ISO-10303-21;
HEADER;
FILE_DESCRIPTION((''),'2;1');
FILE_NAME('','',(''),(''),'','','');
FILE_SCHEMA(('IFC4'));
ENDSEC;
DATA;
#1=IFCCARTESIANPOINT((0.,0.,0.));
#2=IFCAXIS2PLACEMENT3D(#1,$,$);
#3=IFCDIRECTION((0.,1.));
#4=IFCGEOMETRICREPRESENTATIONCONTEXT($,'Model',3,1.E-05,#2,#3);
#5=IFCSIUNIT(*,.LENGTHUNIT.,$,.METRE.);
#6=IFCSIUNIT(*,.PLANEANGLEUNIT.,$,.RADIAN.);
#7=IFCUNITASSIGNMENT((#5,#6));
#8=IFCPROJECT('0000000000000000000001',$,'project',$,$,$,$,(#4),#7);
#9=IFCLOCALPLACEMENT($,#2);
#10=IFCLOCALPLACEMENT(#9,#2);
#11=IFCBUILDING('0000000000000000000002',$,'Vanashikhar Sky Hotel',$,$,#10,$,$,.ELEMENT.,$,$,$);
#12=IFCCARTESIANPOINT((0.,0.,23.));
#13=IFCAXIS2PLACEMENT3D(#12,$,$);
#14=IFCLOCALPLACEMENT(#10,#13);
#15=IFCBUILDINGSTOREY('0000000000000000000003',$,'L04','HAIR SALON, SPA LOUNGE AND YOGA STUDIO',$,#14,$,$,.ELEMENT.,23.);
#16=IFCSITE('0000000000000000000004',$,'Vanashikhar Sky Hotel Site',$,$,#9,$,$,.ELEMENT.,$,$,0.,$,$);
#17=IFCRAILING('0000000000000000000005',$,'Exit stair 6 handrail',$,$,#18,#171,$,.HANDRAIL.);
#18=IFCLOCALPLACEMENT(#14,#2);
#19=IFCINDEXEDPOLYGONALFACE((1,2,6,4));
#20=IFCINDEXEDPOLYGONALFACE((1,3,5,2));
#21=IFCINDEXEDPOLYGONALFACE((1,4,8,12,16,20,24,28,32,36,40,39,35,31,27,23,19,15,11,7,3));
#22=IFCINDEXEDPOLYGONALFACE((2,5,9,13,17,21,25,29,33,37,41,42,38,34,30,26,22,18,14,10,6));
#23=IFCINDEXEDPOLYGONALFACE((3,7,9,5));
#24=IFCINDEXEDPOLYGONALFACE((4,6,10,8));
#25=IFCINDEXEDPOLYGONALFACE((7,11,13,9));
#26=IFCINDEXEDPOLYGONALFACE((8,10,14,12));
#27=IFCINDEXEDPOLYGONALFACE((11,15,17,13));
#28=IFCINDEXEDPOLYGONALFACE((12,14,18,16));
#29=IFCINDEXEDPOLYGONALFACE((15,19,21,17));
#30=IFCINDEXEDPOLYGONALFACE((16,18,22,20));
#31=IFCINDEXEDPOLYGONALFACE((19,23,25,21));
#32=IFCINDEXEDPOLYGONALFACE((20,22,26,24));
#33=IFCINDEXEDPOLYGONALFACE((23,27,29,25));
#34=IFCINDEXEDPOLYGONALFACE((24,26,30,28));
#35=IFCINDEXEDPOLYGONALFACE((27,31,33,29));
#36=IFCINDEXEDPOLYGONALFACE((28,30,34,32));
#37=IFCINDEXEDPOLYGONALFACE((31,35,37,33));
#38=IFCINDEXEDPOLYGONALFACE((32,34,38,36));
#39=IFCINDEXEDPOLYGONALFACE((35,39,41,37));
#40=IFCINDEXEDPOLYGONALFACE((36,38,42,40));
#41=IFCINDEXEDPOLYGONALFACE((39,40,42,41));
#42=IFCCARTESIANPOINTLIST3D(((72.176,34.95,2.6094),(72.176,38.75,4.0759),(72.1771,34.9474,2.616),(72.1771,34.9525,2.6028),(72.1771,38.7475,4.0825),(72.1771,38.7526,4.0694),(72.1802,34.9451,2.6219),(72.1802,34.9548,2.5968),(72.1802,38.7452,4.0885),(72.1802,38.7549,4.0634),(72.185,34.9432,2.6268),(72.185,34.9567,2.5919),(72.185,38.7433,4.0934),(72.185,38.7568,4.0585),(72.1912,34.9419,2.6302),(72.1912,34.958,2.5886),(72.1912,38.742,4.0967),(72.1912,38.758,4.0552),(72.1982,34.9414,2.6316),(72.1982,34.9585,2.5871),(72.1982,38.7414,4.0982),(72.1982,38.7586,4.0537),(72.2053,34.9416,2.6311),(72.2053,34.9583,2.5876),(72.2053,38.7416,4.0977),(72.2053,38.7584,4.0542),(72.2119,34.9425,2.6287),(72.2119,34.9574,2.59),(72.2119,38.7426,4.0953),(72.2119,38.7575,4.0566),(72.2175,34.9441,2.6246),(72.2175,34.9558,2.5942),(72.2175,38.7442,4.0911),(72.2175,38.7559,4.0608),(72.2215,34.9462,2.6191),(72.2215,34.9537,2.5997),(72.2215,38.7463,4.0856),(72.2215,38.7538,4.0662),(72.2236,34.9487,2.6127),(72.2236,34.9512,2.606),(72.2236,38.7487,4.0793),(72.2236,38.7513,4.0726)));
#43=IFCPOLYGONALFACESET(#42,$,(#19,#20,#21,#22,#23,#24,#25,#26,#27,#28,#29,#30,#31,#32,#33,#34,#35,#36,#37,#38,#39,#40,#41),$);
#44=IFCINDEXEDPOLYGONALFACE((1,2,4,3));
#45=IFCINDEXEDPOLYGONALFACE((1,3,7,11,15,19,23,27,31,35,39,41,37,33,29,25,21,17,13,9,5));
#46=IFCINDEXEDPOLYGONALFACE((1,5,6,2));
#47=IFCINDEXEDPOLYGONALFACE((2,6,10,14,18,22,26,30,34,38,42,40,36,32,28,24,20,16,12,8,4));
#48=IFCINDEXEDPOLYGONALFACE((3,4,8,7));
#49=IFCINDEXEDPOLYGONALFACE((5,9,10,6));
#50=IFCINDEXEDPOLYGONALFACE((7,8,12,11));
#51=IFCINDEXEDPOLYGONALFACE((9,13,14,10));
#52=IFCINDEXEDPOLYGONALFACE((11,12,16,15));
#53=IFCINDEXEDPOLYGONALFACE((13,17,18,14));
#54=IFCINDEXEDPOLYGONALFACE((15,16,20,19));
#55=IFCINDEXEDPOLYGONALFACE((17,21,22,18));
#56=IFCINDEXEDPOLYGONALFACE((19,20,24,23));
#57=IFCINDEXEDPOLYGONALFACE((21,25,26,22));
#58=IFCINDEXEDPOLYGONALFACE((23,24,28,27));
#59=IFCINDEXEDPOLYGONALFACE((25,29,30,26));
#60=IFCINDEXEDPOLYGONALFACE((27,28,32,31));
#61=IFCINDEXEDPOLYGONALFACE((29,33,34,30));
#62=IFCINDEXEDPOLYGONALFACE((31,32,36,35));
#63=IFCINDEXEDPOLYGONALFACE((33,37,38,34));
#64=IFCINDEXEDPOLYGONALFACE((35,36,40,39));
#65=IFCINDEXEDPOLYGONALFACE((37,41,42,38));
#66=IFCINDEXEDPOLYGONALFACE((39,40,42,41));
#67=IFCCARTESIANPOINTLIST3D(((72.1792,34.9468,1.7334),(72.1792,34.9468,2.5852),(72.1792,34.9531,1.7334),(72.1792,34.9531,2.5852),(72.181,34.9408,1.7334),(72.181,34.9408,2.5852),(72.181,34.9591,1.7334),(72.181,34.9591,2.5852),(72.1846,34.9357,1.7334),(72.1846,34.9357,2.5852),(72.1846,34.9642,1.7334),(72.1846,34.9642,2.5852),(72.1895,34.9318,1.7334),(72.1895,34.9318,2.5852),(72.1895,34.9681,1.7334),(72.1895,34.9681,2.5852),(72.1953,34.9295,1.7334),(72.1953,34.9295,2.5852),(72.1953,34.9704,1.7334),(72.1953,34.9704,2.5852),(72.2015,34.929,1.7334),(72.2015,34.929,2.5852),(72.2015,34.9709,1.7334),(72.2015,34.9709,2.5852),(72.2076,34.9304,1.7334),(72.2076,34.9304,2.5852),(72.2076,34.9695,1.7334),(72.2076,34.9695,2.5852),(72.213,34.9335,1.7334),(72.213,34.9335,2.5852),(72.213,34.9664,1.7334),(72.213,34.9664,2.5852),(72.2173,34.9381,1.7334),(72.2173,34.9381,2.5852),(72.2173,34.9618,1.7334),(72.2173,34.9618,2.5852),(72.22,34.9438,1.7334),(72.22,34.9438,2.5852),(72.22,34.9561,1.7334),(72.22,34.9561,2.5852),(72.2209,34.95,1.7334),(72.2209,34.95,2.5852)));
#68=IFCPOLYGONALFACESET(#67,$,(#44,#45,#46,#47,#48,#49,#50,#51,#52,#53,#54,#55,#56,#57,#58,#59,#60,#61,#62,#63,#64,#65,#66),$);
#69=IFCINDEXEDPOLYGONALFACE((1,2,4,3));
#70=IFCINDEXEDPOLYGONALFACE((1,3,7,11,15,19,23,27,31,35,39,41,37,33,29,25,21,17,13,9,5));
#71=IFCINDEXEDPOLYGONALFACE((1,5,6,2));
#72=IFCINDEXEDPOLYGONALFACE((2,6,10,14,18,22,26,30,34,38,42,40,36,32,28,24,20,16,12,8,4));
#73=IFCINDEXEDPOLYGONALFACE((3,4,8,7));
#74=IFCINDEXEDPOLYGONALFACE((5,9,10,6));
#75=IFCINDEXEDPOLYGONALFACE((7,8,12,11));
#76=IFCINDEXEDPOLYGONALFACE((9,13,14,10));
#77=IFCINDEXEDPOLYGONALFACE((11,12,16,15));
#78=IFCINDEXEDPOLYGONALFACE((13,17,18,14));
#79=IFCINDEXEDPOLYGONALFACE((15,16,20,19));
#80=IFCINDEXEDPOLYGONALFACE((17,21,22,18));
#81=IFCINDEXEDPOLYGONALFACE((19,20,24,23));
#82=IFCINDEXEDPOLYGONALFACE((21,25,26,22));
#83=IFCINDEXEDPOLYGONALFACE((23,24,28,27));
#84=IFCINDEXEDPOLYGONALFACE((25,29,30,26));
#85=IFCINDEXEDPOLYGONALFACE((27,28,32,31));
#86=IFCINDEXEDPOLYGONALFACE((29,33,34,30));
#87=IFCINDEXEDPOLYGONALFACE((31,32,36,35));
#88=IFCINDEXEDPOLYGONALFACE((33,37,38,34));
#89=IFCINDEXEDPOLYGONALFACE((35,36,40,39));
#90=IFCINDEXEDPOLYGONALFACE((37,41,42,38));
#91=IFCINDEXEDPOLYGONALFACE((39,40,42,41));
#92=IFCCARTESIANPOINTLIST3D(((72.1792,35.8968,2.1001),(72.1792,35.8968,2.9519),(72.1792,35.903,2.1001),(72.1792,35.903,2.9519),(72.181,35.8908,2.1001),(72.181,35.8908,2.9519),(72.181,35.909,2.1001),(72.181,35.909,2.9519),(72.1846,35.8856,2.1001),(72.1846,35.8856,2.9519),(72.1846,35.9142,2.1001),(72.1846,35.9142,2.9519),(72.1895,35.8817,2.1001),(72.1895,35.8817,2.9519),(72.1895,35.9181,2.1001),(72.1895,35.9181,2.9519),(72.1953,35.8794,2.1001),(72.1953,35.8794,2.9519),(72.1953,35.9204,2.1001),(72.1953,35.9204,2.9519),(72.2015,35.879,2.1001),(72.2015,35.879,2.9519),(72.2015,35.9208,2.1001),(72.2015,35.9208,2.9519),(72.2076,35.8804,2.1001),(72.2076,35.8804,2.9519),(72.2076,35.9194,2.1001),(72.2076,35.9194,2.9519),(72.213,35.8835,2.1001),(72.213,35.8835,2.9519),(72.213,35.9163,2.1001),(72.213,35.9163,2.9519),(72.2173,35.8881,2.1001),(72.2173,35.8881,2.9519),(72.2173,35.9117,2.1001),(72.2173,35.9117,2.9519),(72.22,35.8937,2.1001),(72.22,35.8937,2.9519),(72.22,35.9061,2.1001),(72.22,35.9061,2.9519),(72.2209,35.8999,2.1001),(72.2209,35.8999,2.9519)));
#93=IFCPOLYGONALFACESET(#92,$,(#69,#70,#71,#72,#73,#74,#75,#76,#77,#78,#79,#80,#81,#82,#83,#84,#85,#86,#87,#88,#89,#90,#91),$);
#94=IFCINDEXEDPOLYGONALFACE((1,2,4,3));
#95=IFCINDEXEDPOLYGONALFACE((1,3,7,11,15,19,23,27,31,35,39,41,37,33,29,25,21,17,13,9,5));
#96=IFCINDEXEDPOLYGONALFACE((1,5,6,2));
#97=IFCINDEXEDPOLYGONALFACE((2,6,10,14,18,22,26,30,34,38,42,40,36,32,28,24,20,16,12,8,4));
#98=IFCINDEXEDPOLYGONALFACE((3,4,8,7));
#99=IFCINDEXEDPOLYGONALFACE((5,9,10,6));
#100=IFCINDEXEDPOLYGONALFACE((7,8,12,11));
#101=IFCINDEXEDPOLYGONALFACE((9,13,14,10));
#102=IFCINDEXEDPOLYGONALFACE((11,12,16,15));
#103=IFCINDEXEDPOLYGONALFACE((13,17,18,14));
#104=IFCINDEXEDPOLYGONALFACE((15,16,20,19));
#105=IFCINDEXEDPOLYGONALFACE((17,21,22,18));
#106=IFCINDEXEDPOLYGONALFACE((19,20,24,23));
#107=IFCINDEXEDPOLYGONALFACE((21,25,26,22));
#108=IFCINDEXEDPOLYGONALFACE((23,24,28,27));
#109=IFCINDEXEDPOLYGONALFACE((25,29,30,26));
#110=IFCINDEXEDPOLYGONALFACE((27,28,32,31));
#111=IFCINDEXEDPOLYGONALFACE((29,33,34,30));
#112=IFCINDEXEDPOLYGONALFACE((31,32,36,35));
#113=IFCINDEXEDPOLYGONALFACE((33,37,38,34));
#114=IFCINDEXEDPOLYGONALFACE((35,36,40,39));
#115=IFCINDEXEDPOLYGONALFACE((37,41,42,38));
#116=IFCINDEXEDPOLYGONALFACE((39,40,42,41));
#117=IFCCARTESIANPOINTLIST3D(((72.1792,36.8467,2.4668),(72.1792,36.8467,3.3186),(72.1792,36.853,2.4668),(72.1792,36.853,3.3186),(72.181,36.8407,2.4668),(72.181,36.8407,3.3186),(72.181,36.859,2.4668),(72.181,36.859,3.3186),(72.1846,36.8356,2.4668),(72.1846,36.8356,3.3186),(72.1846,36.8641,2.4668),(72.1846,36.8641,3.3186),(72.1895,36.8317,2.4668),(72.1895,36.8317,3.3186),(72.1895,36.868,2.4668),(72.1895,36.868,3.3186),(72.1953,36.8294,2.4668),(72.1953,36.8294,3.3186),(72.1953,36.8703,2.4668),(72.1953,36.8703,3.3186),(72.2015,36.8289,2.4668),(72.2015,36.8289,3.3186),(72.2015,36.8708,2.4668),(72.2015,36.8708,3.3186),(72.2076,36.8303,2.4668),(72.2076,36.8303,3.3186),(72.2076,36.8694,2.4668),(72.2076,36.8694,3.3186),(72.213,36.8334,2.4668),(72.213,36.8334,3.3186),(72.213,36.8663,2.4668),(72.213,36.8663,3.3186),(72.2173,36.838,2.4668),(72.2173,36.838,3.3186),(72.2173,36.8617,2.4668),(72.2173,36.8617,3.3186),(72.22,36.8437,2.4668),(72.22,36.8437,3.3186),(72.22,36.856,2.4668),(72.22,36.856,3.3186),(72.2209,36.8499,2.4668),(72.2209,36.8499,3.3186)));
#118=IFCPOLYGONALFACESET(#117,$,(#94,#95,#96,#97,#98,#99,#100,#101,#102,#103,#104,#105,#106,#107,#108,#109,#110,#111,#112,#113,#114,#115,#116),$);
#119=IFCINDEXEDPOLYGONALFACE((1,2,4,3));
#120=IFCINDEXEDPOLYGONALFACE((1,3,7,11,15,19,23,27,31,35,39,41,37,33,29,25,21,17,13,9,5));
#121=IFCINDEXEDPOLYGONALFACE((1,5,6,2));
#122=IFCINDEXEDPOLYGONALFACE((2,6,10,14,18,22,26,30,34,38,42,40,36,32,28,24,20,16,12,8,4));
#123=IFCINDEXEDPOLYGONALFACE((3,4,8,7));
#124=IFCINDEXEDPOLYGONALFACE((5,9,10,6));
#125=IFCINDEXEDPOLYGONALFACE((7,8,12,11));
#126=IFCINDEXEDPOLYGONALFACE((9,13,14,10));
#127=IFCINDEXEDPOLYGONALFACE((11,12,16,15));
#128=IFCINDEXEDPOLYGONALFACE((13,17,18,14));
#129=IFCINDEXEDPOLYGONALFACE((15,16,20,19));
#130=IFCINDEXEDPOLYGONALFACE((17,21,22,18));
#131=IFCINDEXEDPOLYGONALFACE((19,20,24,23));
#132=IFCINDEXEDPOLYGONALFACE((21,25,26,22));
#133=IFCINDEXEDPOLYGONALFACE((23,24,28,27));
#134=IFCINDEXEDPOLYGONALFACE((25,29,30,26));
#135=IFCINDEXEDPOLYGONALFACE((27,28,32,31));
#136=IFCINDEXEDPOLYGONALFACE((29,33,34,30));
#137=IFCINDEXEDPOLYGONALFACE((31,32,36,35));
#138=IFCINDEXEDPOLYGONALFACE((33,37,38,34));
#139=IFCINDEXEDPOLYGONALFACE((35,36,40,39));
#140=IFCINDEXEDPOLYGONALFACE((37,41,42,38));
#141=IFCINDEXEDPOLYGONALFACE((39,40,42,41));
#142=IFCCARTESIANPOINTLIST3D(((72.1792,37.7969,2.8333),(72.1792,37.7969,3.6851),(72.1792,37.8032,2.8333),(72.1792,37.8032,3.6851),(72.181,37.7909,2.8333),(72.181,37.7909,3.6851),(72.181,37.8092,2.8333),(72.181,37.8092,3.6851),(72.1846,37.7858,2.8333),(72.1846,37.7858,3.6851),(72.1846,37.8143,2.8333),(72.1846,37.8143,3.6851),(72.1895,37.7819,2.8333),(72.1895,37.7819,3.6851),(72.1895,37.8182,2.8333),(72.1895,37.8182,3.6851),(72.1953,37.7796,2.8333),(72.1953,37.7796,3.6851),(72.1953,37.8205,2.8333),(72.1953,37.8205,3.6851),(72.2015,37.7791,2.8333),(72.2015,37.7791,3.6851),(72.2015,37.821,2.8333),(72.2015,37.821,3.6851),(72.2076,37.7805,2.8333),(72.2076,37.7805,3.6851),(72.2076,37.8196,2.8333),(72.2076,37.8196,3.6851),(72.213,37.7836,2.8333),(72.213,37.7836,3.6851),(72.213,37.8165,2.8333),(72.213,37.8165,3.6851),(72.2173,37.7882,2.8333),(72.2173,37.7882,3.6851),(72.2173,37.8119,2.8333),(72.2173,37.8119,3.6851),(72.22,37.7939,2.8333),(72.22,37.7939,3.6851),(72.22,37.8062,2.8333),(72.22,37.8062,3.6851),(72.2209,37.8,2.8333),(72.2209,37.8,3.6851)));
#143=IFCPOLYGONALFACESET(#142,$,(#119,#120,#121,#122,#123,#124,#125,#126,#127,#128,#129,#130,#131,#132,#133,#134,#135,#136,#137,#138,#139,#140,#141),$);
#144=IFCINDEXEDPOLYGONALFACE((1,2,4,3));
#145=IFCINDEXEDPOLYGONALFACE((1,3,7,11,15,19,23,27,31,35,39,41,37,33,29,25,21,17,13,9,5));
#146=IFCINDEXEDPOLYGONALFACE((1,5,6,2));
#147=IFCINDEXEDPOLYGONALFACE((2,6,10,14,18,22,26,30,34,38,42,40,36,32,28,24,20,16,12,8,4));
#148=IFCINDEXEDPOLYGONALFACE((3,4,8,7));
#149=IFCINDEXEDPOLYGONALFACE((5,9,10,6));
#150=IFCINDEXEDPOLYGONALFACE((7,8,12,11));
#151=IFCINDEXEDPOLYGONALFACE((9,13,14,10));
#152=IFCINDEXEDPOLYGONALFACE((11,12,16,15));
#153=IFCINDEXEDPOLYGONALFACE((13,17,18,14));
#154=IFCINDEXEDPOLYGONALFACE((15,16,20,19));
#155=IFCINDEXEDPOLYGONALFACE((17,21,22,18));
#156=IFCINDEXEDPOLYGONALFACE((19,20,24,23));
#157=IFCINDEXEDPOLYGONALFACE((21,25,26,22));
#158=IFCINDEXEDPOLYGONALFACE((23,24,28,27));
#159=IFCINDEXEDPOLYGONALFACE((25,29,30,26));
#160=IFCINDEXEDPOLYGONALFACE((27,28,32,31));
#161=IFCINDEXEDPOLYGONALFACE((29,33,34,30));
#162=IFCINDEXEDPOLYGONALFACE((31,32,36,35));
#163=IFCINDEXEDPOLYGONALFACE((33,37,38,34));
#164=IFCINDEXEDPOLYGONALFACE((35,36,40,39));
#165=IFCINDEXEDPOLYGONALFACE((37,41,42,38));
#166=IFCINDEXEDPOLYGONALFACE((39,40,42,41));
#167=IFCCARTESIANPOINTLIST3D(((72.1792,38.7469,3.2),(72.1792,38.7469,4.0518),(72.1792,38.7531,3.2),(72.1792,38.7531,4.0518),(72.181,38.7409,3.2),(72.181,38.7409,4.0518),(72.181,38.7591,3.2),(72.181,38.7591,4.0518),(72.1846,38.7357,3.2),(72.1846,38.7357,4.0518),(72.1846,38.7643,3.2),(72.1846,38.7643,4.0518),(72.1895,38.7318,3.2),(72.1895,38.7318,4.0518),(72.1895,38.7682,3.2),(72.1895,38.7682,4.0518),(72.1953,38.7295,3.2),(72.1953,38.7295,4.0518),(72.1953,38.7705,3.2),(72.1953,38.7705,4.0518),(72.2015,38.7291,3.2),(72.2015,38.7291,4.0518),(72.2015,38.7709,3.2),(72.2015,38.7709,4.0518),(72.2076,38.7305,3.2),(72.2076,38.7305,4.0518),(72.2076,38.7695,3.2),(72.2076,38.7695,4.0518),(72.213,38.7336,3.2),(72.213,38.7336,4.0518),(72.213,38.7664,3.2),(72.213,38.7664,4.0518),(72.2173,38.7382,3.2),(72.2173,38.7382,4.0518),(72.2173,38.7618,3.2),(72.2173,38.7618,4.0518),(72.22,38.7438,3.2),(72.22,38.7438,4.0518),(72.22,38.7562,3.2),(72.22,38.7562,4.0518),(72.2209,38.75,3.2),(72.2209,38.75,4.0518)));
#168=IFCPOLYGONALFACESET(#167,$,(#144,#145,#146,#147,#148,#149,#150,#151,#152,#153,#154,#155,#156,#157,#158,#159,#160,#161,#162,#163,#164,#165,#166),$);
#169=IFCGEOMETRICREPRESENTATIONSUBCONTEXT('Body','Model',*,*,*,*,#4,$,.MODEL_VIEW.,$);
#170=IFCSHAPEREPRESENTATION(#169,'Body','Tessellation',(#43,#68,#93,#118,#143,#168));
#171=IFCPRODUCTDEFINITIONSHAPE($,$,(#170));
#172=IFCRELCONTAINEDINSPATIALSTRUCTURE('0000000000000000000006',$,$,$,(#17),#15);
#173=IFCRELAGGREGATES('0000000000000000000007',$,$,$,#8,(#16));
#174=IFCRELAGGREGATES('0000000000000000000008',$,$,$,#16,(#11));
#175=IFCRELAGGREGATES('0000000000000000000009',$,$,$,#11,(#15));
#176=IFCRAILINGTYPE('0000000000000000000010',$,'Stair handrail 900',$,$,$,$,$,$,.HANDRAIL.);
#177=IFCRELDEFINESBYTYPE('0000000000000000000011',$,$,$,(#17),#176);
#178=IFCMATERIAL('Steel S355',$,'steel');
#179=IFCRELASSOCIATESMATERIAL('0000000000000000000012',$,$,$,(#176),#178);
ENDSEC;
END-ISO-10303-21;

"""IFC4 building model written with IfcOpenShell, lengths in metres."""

from ifc_helpers import new_model, si_unit, direction, frame, origin, origin_2d, place, context, subcontext, project, spatial, circle, extrude, source, transform, mapped, material, type_object, element, save


model = new_model("IFC4")

# Units and contexts
model_context = context("Model", 3, precision=1e-05, world=origin(), true_north=direction((0.0, 1.0)))
body_context = subcontext(model_context, "Body", "Model", "MODEL_VIEW")
ifc_project = project(units=[si_unit("LENGTHUNIT", "METRE"), si_unit("PLANEANGLEUNIT", "RADIAN")], contexts=[model_context])

# Site, building, storey
site_placement = place(None, origin())
site = spatial("IfcSite", under=ifc_project, at=site_placement, Name="Vanashikhar Sky Hotel Site", CompositionType="ELEMENT", RefElevation=0.0)
building_placement = place(site_placement, origin())
building = spatial("IfcBuilding", under=site, at=building_placement, Name="Vanashikhar Sky Hotel", CompositionType="ELEMENT")
storey_placement = place(building_placement, frame((0.0, 0.0, 23.0)))
storey = spatial("IfcBuildingStorey", under=building, at=storey_placement, Name="L04", Description="HAIR SALON, SPA LOUNGE AND YOGA STUDIO", CompositionType="ELEMENT", Elevation=23.0)

# Railing
ifc_material_1 = material(Name="Steel S355", Category="steel")
railing_type_1 = type_object("IfcRailingType", Name="Stair handrail 900", PredefinedType="HANDRAIL", material=ifc_material_1)
shared_shape_1 = source(origin(), body_context, "Body", "SweptSolid", [
    extrude(circle(Radius=0.0239, at=origin_2d()), frame((0.0, 0.0, 0.876), z_axis=(0.0, 0.932934, 0.360047), x_axis=(-1.0, 0.0, 0.0)), (0.0, 0.0, 1.0), 4.0732),
    extrude(circle(Radius=0.021, at=origin_2d()), origin(), (0.0, 0.0, 1.0), 0.8518),
    extrude(circle(Radius=0.021, at=origin_2d()), frame((0.0, 0.95, 0.3667)), (0.0, 0.0, 1.0), 0.8518),
    extrude(circle(Radius=0.021, at=origin_2d()), frame((0.0, 1.8999, 0.7334)), (0.0, 0.0, 1.0), 0.8518),
    extrude(circle(Radius=0.021, at=origin_2d()), frame((0.0, 2.8501, 1.0999)), (0.0, 0.0, 1.0), 0.8518),
    extrude(circle(Radius=0.021, at=origin_2d()), frame((0.0, 3.8, 1.4666)), (0.0, 0.0, 1.0), 0.8518),
])
for number, where, name in (
    (1, (72.2, 34.95, 1.7334), "Exit stair 6 handrail"),
):
    element("IfcRailing", number, at=place(storey_placement, frame(where)), inside=storey, type_object=railing_type_1, Name=name, PredefinedType="HANDRAIL", context=body_context, shape_type="MappedRepresentation", body=[
        mapped(shared_shape_1, transform((0.0, 0.0, 0.0), scale=1.0)),
    ])

save(model, "model.ifc")
